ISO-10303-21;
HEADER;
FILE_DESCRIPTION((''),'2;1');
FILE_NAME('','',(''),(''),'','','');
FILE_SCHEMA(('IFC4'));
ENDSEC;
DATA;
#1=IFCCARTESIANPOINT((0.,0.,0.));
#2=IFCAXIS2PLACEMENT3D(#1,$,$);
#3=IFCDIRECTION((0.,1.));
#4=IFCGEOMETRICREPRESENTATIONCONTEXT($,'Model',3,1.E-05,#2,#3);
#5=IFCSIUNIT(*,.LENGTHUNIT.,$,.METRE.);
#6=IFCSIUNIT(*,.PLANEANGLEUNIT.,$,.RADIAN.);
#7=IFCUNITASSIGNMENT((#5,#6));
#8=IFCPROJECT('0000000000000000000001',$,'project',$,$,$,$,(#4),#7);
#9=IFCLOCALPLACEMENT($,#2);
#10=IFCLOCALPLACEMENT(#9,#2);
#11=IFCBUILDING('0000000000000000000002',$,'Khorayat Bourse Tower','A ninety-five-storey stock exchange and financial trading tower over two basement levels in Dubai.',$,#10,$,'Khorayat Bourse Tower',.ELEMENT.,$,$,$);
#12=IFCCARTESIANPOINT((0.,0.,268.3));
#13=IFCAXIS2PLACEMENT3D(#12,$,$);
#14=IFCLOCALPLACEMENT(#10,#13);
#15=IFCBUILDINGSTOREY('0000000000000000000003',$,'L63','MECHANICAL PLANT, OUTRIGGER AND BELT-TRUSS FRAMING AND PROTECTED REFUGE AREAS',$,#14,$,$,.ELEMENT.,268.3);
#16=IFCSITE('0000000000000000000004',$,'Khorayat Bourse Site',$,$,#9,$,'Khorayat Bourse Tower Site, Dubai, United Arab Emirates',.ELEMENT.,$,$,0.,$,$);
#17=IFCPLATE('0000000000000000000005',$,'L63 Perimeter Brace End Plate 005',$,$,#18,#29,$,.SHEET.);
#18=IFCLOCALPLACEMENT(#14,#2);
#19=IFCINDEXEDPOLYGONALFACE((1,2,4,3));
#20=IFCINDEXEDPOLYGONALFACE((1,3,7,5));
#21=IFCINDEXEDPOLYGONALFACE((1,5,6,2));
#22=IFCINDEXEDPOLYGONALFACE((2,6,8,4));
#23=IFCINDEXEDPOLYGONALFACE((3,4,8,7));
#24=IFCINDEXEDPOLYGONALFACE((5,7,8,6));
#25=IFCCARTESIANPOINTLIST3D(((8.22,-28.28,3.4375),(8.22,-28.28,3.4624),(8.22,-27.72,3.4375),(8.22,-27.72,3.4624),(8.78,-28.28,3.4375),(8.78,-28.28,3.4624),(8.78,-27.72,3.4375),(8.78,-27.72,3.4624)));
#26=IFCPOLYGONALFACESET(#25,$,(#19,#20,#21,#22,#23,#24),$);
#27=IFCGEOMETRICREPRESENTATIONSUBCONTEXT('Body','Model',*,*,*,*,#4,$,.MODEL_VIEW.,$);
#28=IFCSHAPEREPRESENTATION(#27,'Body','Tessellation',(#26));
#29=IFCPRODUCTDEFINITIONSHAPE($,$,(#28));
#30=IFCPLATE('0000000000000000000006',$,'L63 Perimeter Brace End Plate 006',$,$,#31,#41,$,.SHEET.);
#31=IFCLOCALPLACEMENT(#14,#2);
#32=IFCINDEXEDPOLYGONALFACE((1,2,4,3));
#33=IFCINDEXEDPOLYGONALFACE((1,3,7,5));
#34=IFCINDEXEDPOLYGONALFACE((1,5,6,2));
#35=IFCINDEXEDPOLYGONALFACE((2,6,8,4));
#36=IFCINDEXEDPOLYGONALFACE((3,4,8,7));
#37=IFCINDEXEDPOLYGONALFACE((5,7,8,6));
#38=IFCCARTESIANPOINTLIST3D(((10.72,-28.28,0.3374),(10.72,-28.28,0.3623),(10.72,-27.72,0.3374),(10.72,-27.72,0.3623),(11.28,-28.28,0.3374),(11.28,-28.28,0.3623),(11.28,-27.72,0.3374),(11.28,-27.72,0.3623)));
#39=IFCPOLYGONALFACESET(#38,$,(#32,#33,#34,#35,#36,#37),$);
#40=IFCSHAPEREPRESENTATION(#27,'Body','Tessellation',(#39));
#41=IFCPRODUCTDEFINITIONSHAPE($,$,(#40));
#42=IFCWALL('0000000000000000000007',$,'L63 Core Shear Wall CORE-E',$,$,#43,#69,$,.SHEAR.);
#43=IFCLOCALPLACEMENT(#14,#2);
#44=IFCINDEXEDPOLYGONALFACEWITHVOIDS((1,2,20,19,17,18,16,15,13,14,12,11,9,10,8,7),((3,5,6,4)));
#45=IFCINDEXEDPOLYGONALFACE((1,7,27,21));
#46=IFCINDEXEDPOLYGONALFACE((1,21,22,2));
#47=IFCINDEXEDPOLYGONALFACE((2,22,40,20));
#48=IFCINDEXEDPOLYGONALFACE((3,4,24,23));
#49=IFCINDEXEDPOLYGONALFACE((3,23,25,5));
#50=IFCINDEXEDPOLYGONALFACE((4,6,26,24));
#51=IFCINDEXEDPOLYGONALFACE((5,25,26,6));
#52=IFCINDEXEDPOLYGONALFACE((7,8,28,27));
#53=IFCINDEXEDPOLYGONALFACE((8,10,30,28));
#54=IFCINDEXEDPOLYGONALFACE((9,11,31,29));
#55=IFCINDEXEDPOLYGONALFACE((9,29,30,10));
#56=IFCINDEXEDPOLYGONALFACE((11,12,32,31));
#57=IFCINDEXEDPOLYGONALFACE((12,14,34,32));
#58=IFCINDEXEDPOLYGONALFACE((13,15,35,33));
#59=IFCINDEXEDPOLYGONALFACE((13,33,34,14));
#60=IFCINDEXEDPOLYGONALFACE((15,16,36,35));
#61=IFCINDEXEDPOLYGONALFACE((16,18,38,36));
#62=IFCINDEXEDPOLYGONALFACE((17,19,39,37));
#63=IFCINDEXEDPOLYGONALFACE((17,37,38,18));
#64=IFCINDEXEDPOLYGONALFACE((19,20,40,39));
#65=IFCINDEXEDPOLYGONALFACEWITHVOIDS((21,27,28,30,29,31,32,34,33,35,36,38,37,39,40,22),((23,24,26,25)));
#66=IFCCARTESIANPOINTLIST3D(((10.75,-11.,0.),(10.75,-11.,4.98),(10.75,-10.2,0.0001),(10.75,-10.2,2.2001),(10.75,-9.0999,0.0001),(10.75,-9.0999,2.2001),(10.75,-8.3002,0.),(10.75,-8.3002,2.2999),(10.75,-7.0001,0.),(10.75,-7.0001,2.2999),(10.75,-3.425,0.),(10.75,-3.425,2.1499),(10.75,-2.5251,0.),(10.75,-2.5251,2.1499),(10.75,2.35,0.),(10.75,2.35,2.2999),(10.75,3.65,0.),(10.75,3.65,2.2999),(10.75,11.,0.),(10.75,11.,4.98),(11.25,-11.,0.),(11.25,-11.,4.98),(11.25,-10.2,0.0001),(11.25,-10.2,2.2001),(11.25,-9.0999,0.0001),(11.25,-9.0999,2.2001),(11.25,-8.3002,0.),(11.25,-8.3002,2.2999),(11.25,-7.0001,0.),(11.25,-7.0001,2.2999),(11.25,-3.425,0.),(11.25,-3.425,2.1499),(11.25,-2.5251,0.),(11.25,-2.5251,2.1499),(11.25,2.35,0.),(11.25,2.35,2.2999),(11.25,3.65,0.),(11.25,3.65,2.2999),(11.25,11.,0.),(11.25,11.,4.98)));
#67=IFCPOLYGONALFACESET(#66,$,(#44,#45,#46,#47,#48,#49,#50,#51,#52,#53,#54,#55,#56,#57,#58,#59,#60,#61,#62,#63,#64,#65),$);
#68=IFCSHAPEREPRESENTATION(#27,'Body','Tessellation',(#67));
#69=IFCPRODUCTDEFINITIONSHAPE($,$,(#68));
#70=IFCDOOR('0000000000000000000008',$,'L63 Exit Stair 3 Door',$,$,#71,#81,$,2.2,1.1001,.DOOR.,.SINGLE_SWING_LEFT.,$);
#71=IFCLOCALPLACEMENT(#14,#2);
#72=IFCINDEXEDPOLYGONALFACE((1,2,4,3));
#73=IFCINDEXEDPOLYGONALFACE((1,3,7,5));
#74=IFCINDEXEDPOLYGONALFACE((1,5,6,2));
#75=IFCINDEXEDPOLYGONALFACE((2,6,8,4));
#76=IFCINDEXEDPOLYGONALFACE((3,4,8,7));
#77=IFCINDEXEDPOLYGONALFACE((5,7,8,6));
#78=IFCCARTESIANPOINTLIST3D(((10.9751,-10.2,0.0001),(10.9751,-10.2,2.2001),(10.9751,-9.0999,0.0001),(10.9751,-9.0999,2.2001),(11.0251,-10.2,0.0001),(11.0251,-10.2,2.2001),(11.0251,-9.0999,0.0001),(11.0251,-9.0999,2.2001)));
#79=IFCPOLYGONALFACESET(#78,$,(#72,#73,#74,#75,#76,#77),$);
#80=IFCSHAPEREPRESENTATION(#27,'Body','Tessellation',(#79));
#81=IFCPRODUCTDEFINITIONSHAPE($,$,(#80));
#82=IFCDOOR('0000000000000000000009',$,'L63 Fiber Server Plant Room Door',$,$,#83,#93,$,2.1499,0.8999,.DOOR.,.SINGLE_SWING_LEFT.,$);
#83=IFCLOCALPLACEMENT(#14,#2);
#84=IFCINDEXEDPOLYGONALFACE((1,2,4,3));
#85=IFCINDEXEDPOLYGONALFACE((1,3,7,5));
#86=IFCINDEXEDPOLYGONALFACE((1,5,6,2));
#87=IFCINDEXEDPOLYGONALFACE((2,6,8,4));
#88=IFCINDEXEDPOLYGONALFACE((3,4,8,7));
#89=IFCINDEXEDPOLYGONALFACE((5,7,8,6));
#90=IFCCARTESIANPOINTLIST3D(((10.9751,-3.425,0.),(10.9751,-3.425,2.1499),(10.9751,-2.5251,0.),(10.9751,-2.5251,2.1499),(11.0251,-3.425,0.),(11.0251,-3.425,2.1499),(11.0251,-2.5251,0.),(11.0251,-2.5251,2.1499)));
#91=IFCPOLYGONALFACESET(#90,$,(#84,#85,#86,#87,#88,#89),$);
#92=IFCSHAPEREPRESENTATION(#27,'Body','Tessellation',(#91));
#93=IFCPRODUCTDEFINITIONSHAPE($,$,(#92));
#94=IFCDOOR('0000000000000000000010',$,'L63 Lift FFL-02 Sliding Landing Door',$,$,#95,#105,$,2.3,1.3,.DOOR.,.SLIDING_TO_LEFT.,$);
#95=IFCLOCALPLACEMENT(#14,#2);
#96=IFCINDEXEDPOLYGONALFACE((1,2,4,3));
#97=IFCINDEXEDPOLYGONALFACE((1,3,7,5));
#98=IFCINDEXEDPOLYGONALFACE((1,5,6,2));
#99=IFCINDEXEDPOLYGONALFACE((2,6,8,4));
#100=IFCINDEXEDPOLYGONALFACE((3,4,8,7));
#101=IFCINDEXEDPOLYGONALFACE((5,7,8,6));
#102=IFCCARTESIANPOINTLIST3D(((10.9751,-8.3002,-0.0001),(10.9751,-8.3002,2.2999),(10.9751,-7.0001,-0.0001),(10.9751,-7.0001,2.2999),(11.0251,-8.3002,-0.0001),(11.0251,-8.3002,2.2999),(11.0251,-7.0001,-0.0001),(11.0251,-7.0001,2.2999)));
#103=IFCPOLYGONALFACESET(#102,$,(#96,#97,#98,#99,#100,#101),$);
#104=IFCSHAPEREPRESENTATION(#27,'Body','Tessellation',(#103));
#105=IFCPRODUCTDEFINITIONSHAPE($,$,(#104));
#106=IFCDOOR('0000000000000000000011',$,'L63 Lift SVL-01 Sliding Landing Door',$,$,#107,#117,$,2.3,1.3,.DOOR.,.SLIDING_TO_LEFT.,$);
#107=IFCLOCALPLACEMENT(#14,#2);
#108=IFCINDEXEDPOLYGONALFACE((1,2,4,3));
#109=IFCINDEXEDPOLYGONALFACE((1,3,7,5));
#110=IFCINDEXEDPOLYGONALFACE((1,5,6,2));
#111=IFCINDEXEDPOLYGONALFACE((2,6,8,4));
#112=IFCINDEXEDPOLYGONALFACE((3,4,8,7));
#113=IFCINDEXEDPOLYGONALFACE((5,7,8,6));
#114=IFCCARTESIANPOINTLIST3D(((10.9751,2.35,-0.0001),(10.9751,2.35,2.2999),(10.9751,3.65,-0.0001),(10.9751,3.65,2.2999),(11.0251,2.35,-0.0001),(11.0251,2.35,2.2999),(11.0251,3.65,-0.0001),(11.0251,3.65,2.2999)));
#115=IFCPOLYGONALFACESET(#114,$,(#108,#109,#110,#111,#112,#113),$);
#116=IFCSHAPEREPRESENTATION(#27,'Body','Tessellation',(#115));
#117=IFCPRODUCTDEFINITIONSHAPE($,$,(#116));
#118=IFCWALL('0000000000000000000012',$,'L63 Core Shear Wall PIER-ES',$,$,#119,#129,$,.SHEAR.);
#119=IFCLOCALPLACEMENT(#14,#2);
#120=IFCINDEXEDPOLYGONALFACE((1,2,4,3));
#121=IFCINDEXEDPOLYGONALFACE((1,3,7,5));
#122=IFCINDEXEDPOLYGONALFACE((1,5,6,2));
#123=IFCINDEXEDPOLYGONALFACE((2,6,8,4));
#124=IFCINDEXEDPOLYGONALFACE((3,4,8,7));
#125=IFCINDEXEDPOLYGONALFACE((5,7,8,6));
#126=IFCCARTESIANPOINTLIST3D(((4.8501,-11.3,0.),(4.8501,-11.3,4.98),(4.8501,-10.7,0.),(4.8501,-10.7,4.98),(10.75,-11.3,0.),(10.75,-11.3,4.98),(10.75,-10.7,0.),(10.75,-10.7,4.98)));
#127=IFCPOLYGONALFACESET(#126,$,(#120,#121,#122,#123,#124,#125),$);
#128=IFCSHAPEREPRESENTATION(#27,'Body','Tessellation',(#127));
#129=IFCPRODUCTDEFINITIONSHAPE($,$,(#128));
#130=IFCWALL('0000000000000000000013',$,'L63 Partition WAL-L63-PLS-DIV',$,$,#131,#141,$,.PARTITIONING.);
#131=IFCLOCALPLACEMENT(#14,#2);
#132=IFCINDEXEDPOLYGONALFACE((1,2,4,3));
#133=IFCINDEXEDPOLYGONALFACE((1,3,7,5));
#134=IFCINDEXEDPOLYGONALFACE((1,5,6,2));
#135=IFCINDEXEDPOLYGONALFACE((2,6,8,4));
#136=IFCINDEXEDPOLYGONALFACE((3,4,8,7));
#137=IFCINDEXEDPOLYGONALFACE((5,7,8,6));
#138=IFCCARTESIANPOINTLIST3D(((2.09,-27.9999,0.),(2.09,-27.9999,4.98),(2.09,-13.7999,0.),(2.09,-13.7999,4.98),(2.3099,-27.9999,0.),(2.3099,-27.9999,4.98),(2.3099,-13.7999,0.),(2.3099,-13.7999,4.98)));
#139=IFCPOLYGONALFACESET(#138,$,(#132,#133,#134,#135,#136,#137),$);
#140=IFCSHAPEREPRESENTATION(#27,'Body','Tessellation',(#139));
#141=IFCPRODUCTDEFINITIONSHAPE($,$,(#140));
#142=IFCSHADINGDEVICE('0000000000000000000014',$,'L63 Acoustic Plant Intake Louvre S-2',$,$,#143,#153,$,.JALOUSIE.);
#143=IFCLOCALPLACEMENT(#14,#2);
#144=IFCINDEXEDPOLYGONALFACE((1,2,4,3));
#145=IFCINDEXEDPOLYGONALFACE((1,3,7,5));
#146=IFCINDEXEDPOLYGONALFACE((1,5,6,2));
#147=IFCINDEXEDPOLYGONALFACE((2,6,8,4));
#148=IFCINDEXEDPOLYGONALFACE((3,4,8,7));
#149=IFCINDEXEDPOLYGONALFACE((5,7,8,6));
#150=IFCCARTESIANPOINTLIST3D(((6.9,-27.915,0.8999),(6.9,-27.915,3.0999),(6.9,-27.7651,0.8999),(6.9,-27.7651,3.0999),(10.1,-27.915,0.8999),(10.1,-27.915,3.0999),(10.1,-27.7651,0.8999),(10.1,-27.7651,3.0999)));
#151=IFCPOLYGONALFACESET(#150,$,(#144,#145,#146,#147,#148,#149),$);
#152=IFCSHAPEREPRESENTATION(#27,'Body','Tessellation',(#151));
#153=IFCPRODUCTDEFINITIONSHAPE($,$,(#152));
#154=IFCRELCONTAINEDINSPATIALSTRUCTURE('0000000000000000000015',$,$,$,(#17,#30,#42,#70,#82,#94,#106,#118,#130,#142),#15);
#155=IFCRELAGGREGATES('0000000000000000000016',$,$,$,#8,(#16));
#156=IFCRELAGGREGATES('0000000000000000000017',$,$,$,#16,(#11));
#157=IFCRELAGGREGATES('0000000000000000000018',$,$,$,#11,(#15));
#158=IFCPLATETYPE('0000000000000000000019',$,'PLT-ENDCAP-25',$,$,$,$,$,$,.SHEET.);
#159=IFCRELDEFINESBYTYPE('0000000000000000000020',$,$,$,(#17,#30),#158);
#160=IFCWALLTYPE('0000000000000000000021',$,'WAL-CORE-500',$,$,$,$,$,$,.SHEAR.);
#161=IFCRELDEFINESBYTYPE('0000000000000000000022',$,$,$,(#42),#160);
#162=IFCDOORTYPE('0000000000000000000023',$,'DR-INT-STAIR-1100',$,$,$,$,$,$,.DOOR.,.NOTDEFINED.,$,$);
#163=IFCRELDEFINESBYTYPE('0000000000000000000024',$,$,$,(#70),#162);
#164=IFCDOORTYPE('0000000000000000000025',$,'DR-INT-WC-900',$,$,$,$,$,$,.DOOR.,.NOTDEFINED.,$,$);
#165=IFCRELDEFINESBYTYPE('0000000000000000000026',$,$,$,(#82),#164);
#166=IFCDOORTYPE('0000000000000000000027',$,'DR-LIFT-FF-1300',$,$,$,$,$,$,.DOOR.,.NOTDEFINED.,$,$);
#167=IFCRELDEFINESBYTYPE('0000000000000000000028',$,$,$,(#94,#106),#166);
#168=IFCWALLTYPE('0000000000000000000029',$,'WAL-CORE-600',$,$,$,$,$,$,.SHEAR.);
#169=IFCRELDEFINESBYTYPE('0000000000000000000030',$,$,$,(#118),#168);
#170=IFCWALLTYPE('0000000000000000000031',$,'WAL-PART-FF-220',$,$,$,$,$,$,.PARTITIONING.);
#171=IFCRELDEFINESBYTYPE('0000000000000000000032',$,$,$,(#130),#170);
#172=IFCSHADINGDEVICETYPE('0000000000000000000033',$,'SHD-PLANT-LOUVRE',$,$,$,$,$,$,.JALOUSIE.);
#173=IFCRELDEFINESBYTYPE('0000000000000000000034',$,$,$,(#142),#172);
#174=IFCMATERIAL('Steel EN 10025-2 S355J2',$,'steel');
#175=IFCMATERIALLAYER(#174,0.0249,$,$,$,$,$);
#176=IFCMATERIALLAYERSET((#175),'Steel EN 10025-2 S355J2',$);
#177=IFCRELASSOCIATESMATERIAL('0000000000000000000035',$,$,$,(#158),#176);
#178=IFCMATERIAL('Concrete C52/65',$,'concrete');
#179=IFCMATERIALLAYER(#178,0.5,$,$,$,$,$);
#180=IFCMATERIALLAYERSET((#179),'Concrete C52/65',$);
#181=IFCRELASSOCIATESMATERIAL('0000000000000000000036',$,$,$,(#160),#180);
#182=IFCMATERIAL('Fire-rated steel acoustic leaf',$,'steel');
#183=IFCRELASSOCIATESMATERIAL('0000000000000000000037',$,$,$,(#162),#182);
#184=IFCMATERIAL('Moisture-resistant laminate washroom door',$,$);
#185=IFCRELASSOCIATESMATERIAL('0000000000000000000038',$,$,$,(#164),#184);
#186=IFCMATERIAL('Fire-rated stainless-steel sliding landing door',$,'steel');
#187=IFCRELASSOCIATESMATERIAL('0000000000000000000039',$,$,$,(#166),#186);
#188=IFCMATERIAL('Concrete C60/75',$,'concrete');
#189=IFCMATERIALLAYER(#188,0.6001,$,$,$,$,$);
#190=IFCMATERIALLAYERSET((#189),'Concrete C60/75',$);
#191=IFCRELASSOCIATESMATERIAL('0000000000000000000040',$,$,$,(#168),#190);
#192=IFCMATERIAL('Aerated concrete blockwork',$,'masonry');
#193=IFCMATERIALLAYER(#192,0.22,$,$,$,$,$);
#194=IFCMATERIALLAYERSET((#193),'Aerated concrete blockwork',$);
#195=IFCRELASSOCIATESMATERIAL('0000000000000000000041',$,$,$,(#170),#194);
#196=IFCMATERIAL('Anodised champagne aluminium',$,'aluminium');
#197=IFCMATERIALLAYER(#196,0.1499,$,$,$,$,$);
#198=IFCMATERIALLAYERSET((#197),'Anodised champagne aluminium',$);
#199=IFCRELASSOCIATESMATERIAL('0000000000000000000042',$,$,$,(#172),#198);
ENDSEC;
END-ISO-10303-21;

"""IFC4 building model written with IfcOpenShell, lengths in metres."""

from ifc_helpers import new_model, si_unit, direction, frame, frame_2d, origin, origin_2d, place, context, subcontext, project, spatial, rectangle, extrude, source, transform, mapped, material, layer, layer_set, type_object, element, fill, save


model = new_model("IFC4")

# Units and contexts
model_context = context("Model", 3, precision=1e-05, world=origin(), true_north=direction((0.0, 1.0)))
body_context = subcontext(model_context, "Body", "Model", "MODEL_VIEW")
ifc_project = project(units=[si_unit("LENGTHUNIT", "METRE"), si_unit("PLANEANGLEUNIT", "RADIAN")], contexts=[model_context])

# Site, building, storey
site_placement = place(None, origin())
site = spatial("IfcSite", under=ifc_project, at=site_placement, Name="Khorayat Bourse Site", LongName="Khorayat Bourse Tower Site, Dubai, United Arab Emirates", CompositionType="ELEMENT", RefElevation=0.0)
building_placement = place(site_placement, origin())
building = spatial("IfcBuilding", under=site, at=building_placement, Name="Khorayat Bourse Tower", Description="A ninety-five-storey stock exchange and financial trading tower over two basement levels in Dubai.", LongName="Khorayat Bourse Tower", CompositionType="ELEMENT")
storey_placement = place(building_placement, frame((0.0, 0.0, 268.3)))
storey = spatial("IfcBuildingStorey", under=building, at=storey_placement, Name="L63", Description="MECHANICAL PLANT, OUTRIGGER AND BELT-TRUSS FRAMING AND PROTECTED REFUGE AREAS", CompositionType="ELEMENT", Elevation=268.3)

# Shared definitions
ifc_material_1 = material(Name="Concrete C52/65", Category="concrete")

# Shared definitions
ifc_material_2 = material(Name="Concrete C60/75", Category="concrete")

# Plates
ifc_material_3 = material(Name="Steel EN 10025-2 S355J2", Category="steel")
ifc_layer_1 = layer(ifc_material_3, 0.0249)
ifc_layer_set_1 = layer_set([ifc_layer_1], Name="Steel EN 10025-2 S355J2")
plate_type = type_object("IfcPlateType", Name="PLT-ENDCAP-25", PredefinedType="SHEET", material=ifc_layer_set_1)
shared_shape_1 = source(origin(), body_context, "Body", "SweptSolid", [
    extrude(rectangle(XDim=0.5601, YDim=0.5601, at=origin_2d()), origin(), (0.0, 0.0, 1.0), 0.0249),
])
for number, where, z_axis, x_axis, name in (
    (1, (8.5, -28.0, 3.4375), (0.0, 0.0, 1.0), (1.0, 0.0, 0.0), "L63 Perimeter Brace End Plate 005"),
    (2, (11.0, -28.0, 0.3374), (0.0, 0.0, 1.0), (1.0, 0.0, 0.0), "L63 Perimeter Brace End Plate 006"),
):
    element("IfcPlate", number, at=place(storey_placement, frame(where, z_axis=z_axis, x_axis=x_axis)), inside=storey, type_object=plate_type, Name=name, PredefinedType="SHEET", context=body_context, shape_type="MappedRepresentation", body=[
        mapped(shared_shape_1, transform((0.0, 0.0, 0.0), scale=1.0)),
    ])

# Wall, openings, doors
ifc_layer_2 = layer(ifc_material_1, 0.5)
ifc_layer_set_2 = layer_set([ifc_layer_2], Name="Concrete C52/65")
wall_type_1 = type_object("IfcWallType", Name="WAL-CORE-500", PredefinedType="SHEAR", material=ifc_layer_set_2)
shared_shape_2 = source(origin(), body_context, "Body", "SweptSolid", [
    extrude(rectangle(XDim=22.0, YDim=0.5, at=frame_2d((11.0, 0.0))), origin(), (0.0, 0.0, 1.0), 4.98),
])
wall_1_placement = place(storey_placement, frame((11.0, -11.0, 0.0), z_axis=(0.0, 0.0, 1.0), x_axis=(0.0, 1.0, 0.0)))
wall_1 = element("IfcWall", 3, at=wall_1_placement, inside=storey, type_object=wall_type_1, Name="L63 Core Shear Wall CORE-E", PredefinedType="SHEAR", context=body_context, shape_type="MappedRepresentation", body=[
    mapped(shared_shape_2, transform((0.0, 0.0, 0.0), scale=1.0)),
])
shared_shape_3 = source(origin(), body_context, "Body", "SweptSolid", [
    extrude(rectangle(XDim=1.1001, YDim=2.2, at=frame_2d((0.55, 1.1001))), frame((0.0, 0.26, 0.0), z_axis=(0.0, -1.0, 0.0), x_axis=(1.0, 0.0, 0.0)), (0.0, 0.0, 1.0), 0.52),
])
opening_1_placement = place(wall_1_placement, frame((0.8, 0.0, 0.0)))
opening_1 = element("IfcOpeningElement", 4, at=opening_1_placement, cuts=wall_1, PredefinedType="OPENING", context=body_context, shape_type="MappedRepresentation", body=[
    mapped(shared_shape_3, transform((0.0, 0.0, 0.0), scale=1.0)),
])
shared_shape_4 = source(origin(), body_context, "Body", "SweptSolid", [
    extrude(rectangle(XDim=0.8999, YDim=2.1499, at=frame_2d((0.45, 1.075))), frame((0.0, 0.26, 0.0), z_axis=(0.0, -1.0, 0.0), x_axis=(1.0, 0.0, 0.0)), (0.0, 0.0, 1.0), 0.52),
])
opening_2_placement = place(wall_1_placement, frame((7.575, 0.0, 0.0)))
opening_2 = element("IfcOpeningElement", 5, at=opening_2_placement, cuts=wall_1, PredefinedType="OPENING", context=body_context, shape_type="MappedRepresentation", body=[
    mapped(shared_shape_4, transform((0.0, 0.0, 0.0), scale=1.0)),
])
shared_shape_5 = source(origin(), body_context, "Body", "SweptSolid", [
    extrude(rectangle(XDim=1.3, YDim=2.3, at=frame_2d((0.6499, 1.1499))), frame((0.0, 0.26, 0.0), z_axis=(0.0, -1.0, 0.0), x_axis=(1.0, 0.0, 0.0)), (0.0, 0.0, 1.0), 0.52),
])
opening_3_placement = place(wall_1_placement, frame((2.7, 0.0, 0.0)))
opening_3 = element("IfcOpeningElement", 6, at=opening_3_placement, cuts=wall_1, PredefinedType="OPENING", context=body_context, shape_type="MappedRepresentation", body=[
    mapped(shared_shape_5, transform((0.0, 0.0, 0.0), scale=1.0)),
])
opening_4_placement = place(wall_1_placement, frame((13.3501, 0.0, 0.0)))
opening_4 = element("IfcOpeningElement", 7, at=opening_4_placement, cuts=wall_1, PredefinedType="OPENING", context=body_context, shape_type="MappedRepresentation", body=[
    mapped(shared_shape_5, transform((0.0, 0.0, 0.0), scale=1.0)),
])
ifc_material_4 = material(Name="Fire-rated steel acoustic leaf", Category="steel")
door_type_1 = type_object("IfcDoorType", Name="DR-INT-STAIR-1100", OperationType="NOTDEFINED", PredefinedType="DOOR", material=ifc_material_4)
shared_shape_6 = source(origin(), body_context, "Body", "SweptSolid", [
    extrude(rectangle(XDim=1.1001, YDim=2.2, at=frame_2d((0.55, 1.1001))), frame((0.0, 0.0249, 0.0), z_axis=(0.0, -1.0, 0.0), x_axis=(1.0, 0.0, 0.0)), (0.0, 0.0, 1.0), 0.05),
])
door_1_placement = place(opening_1_placement, origin())
door_1 = element("IfcDoor", 8, at=door_1_placement, inside=storey, type_object=door_type_1, Name="L63 Exit Stair 3 Door", OperationType="SINGLE_SWING_LEFT", OverallHeight=2.2, OverallWidth=1.1001, PredefinedType="DOOR", context=body_context, shape_type="MappedRepresentation", body=[
    mapped(shared_shape_6, transform((0.0, 0.0, 0.0), scale=1.0)),
])
fill(opening_1, door_1)
ifc_material_5 = material(Name="Moisture-resistant laminate washroom door")
door_type_2 = type_object("IfcDoorType", Name="DR-INT-WC-900", OperationType="NOTDEFINED", PredefinedType="DOOR", material=ifc_material_5)
shared_shape_7 = source(origin(), body_context, "Body", "SweptSolid", [
    extrude(rectangle(XDim=0.8999, YDim=2.1499, at=frame_2d((0.45, 1.075))), frame((0.0, 0.0249, 0.0), z_axis=(0.0, -1.0, 0.0), x_axis=(1.0, 0.0, 0.0)), (0.0, 0.0, 1.0), 0.05),
])
door_2_placement = place(opening_2_placement, origin())
door_2 = element("IfcDoor", 9, at=door_2_placement, inside=storey, type_object=door_type_2, Name="L63 Fiber Server Plant Room Door", OperationType="SINGLE_SWING_LEFT", OverallHeight=2.1499, OverallWidth=0.8999, PredefinedType="DOOR", context=body_context, shape_type="MappedRepresentation", body=[
    mapped(shared_shape_7, transform((0.0, 0.0, 0.0), scale=1.0)),
])
fill(opening_2, door_2)
ifc_material_6 = material(Name="Fire-rated stainless-steel sliding landing door", Category="steel")
door_type_3 = type_object("IfcDoorType", Name="DR-LIFT-FF-1300", OperationType="NOTDEFINED", PredefinedType="DOOR", material=ifc_material_6)
shared_shape_8 = source(origin(), body_context, "Body", "SweptSolid", [
    extrude(rectangle(XDim=1.3, YDim=2.3, at=frame_2d((0.6499, 1.1499))), frame((0.0, 0.0249, 0.0), z_axis=(0.0, -1.0, 0.0), x_axis=(1.0, 0.0, 0.0)), (0.0, 0.0, 1.0), 0.05),
])
door_3_placement = place(opening_3_placement, origin())
door_3 = element("IfcDoor", 10, at=door_3_placement, inside=storey, type_object=door_type_3, Name="L63 Lift FFL-02 Sliding Landing Door", OperationType="SLIDING_TO_LEFT", OverallHeight=2.3, OverallWidth=1.3, PredefinedType="DOOR", context=body_context, shape_type="MappedRepresentation", body=[
    mapped(shared_shape_8, transform((0.0, 0.0, 0.0), scale=1.0)),
])
fill(opening_3, door_3)
door_4_placement = place(opening_4_placement, origin())
door_4 = element("IfcDoor", 11, at=door_4_placement, inside=storey, type_object=door_type_3, Name="L63 Lift SVL-01 Sliding Landing Door", OperationType="SLIDING_TO_LEFT", OverallHeight=2.3, OverallWidth=1.3, PredefinedType="DOOR", context=body_context, shape_type="MappedRepresentation", body=[
    mapped(shared_shape_8, transform((0.0, 0.0, 0.0), scale=1.0)),
])
fill(opening_4, door_4)

# Walls
ifc_layer_3 = layer(ifc_material_2, 0.6001)
ifc_layer_set_3 = layer_set([ifc_layer_3], Name="Concrete C60/75")
wall_type_2 = type_object("IfcWallType", Name="WAL-CORE-600", PredefinedType="SHEAR", material=ifc_layer_set_3)
shared_shape_9 = source(origin(), body_context, "Body", "SweptSolid", [
    extrude(rectangle(XDim=5.8999, YDim=0.6001, at=frame_2d((2.95, 0.0))), origin(), (0.0, 0.0, 1.0), 4.98),
])
wall_2_placement = place(storey_placement, frame((4.8501, -11.0, 0.0), z_axis=(0.0, 0.0, 1.0), x_axis=(1.0, 0.0, 0.0)))
element("IfcWall", 12, at=wall_2_placement, inside=storey, type_object=wall_type_2, Name="L63 Core Shear Wall PIER-ES", PredefinedType="SHEAR", context=body_context, shape_type="MappedRepresentation", body=[
    mapped(shared_shape_9, transform((0.0, 0.0, 0.0), scale=1.0)),
])
ifc_material_7 = material(Name="Aerated concrete blockwork", Category="masonry")
ifc_layer_4 = layer(ifc_material_7, 0.22)
ifc_layer_set_4 = layer_set([ifc_layer_4], Name="Aerated concrete blockwork")
wall_type_3 = type_object("IfcWallType", Name="WAL-PART-FF-220", PredefinedType="PARTITIONING", material=ifc_layer_set_4)
shared_shape_10 = source(origin(), body_context, "Body", "SweptSolid", [
    extrude(rectangle(XDim=14.2, YDim=0.22, at=frame_2d((7.1001, 0.0))), origin(), (0.0, 0.0, 1.0), 4.98),
])
wall_3_placement = place(storey_placement, frame((2.2, -28.0, 0.0), z_axis=(0.0, 0.0, 1.0), x_axis=(0.0, 1.0, 0.0)))
element("IfcWall", 13, at=wall_3_placement, inside=storey, type_object=wall_type_3, Name="L63 Partition WAL-L63-PLS-DIV", PredefinedType="PARTITIONING", context=body_context, shape_type="MappedRepresentation", body=[
    mapped(shared_shape_10, transform((0.0, 0.0, 0.0), scale=1.0)),
])

# Shading device
ifc_material_8 = material(Name="Anodised champagne aluminium", Category="aluminium")
ifc_layer_5 = layer(ifc_material_8, 0.1499)
ifc_layer_set_5 = layer_set([ifc_layer_5], Name="Anodised champagne aluminium")
shading_device_type = type_object("IfcShadingDeviceType", Name="SHD-PLANT-LOUVRE", PredefinedType="JALOUSIE", material=ifc_layer_set_5)
shared_shape_11 = source(origin(), body_context, "Body", "SweptSolid", [
    extrude(rectangle(XDim=3.2, YDim=0.1499, at=origin_2d()), origin(), (0.0, 0.0, 1.0), 2.2),
])
shading_device_placement = place(storey_placement, frame((8.5, -27.8401, 0.8999), z_axis=(0.0, 0.0, 1.0), x_axis=(1.0, 0.0, 0.0)))
element("IfcShadingDevice", 14, at=shading_device_placement, inside=storey, type_object=shading_device_type, Name="L63 Acoustic Plant Intake Louvre S-2", PredefinedType="JALOUSIE", context=body_context, shape_type="MappedRepresentation", body=[
    mapped(shared_shape_11, transform((0.0, 0.0, 0.0), scale=1.0)),
])

save(model, "model.ifc")
